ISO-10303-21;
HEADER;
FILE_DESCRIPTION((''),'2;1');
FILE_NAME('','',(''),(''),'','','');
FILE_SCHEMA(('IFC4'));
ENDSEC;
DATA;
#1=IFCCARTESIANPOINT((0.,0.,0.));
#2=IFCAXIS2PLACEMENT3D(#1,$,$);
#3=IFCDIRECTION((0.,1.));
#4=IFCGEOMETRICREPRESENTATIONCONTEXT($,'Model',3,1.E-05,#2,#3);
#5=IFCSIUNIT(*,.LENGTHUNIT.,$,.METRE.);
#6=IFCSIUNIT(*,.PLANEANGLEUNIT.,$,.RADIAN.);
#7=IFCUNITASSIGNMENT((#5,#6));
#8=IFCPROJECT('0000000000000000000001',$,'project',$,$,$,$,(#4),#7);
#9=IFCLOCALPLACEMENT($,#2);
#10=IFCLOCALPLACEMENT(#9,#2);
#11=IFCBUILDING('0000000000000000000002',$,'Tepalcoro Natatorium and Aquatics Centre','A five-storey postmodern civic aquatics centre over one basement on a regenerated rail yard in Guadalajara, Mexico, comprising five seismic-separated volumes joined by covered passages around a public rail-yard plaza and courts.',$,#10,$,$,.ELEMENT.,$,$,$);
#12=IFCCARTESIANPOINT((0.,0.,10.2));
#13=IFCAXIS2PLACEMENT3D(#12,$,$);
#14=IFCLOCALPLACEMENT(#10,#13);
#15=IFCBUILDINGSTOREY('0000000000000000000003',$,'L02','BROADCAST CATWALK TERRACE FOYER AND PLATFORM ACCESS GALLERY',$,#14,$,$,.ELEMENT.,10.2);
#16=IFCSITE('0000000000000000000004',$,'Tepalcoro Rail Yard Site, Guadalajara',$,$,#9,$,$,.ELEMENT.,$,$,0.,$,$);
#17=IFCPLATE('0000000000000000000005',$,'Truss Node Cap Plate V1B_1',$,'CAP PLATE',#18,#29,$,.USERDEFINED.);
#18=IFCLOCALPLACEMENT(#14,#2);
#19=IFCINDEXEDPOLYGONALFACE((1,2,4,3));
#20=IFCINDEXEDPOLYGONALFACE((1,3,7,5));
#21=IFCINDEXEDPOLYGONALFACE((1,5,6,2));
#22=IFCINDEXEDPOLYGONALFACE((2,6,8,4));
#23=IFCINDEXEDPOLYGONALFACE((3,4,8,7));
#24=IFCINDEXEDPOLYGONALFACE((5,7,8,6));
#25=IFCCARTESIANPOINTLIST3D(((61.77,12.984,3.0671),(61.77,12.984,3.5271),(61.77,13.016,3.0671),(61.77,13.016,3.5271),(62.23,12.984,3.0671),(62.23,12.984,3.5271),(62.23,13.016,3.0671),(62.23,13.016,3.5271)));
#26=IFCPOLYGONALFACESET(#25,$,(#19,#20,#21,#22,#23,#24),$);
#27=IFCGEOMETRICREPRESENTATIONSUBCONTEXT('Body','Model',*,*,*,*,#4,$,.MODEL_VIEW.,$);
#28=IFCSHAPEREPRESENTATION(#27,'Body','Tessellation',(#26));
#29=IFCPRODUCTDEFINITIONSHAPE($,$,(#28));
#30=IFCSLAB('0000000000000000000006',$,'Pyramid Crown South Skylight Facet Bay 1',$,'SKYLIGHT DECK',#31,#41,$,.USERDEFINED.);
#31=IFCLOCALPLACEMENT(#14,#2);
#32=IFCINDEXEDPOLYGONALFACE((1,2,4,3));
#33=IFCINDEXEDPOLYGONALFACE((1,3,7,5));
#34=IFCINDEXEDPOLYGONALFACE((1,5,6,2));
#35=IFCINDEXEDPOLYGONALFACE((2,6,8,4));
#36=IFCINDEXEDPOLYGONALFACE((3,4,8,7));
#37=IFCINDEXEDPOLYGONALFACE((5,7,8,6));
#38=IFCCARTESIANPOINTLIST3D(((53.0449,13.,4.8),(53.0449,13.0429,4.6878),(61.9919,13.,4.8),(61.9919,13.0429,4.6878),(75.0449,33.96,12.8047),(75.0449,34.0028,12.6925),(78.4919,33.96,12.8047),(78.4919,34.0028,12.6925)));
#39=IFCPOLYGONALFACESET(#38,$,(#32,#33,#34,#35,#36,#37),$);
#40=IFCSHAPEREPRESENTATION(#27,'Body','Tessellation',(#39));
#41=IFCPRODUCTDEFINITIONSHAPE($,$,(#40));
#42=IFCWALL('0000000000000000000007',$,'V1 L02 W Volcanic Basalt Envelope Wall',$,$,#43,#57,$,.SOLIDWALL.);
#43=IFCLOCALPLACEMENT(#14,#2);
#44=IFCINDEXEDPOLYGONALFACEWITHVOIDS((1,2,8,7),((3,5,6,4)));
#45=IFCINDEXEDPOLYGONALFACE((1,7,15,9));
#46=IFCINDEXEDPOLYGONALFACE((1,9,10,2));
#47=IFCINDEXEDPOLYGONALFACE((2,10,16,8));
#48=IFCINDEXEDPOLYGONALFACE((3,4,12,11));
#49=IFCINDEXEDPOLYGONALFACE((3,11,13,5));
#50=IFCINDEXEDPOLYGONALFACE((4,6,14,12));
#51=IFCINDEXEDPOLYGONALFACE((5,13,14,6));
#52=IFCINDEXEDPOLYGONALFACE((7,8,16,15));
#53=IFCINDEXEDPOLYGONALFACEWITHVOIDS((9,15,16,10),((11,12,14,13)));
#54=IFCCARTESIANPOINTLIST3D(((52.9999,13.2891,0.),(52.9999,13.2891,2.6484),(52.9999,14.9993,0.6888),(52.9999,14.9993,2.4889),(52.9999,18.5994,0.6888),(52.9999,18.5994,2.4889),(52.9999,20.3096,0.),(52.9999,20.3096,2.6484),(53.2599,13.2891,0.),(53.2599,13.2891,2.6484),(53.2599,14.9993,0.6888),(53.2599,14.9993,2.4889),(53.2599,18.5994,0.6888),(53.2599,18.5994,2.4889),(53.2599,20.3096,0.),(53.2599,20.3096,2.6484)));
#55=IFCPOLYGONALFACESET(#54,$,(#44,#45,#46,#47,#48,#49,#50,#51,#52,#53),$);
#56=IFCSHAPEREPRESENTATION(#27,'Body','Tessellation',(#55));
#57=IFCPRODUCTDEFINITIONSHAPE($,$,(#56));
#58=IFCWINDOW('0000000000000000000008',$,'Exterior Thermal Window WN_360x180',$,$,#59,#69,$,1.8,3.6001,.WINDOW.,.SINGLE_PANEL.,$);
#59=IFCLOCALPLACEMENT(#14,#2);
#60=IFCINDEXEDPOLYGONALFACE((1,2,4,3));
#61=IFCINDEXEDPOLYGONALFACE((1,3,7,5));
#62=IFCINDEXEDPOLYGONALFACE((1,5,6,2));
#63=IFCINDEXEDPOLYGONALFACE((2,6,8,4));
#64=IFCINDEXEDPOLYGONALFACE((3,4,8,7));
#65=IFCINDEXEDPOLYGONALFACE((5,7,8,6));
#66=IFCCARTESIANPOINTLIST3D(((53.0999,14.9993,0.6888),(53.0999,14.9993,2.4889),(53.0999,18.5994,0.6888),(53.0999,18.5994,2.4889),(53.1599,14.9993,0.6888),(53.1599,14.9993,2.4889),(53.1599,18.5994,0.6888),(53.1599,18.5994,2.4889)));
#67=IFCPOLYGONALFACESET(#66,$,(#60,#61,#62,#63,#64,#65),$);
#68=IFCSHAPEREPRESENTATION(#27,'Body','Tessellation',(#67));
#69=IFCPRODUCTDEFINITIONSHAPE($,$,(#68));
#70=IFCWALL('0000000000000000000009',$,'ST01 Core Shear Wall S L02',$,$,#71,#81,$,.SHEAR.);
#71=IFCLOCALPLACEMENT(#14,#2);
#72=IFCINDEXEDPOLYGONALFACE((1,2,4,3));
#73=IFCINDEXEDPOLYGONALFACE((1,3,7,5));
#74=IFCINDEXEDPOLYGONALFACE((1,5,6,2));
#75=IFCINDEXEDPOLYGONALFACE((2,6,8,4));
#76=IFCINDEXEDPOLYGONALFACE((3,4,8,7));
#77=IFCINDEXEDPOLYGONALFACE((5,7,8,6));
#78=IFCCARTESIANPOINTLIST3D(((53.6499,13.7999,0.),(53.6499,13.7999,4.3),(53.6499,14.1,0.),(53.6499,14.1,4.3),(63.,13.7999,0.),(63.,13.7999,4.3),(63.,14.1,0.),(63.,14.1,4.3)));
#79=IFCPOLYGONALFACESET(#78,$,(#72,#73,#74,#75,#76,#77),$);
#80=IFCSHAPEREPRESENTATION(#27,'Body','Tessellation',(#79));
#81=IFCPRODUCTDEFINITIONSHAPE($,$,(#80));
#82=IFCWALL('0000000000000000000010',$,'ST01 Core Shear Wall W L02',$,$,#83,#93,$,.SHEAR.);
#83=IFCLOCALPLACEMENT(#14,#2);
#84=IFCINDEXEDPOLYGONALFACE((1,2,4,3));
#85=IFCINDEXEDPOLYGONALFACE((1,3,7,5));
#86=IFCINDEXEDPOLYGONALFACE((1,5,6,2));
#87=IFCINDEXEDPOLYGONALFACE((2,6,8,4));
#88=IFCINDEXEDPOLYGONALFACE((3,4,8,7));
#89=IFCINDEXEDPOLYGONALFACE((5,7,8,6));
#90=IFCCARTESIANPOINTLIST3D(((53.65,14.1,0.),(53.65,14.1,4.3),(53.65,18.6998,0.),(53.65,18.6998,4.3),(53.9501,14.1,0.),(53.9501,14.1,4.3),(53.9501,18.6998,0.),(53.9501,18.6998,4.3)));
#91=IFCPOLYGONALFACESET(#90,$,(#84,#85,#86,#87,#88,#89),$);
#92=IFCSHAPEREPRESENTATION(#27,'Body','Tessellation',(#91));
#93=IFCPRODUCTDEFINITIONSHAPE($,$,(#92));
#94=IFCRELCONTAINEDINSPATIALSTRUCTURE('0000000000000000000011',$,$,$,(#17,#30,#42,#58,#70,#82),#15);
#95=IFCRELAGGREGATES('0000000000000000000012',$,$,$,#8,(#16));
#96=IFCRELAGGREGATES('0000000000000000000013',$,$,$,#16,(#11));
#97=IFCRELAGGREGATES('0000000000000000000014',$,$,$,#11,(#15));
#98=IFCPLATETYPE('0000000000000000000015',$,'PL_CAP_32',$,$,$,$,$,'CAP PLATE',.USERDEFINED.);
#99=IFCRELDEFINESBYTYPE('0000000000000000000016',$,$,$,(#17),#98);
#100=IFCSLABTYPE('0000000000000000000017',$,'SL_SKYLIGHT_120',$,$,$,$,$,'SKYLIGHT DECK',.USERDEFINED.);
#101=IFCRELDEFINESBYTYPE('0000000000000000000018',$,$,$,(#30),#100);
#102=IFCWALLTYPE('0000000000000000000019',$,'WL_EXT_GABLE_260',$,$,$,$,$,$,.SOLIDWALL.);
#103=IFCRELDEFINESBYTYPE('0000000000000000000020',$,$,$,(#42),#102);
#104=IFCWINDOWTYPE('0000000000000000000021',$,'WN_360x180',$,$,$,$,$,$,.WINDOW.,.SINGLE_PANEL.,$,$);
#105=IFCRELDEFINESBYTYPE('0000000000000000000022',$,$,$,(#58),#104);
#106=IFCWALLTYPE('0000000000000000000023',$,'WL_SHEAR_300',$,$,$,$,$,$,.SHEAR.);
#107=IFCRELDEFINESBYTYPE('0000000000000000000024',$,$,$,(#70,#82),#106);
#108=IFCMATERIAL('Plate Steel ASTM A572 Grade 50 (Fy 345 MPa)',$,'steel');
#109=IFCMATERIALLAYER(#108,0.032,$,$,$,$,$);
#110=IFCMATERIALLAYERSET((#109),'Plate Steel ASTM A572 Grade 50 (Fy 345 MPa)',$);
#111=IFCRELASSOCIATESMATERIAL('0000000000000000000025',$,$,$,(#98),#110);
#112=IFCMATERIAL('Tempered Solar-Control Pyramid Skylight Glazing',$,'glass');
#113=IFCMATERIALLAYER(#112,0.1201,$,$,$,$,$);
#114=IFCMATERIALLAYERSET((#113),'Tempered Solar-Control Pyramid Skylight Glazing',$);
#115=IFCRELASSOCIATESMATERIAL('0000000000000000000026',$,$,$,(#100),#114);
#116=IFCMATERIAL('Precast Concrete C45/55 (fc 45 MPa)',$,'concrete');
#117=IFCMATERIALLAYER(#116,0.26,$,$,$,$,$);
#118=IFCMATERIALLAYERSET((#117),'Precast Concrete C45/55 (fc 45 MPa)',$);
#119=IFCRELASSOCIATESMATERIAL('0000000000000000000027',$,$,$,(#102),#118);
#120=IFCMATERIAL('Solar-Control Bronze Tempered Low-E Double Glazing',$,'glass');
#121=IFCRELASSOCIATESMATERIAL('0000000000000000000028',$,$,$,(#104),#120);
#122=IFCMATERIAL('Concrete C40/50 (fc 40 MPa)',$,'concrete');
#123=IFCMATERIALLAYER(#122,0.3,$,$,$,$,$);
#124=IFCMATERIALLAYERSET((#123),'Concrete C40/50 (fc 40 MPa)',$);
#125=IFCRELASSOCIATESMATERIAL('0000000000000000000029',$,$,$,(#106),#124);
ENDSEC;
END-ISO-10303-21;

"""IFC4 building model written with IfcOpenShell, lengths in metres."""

from ifc_helpers import new_model, si_unit, direction, frame, frame_2d, origin, origin_2d, place, context, subcontext, project, spatial, polyline, rectangle, outline, extrude, material, layer, layer_set, type_object, element, fill, save


model = new_model("IFC4")

# Units and contexts
model_context = context("Model", 3, precision=1e-05, world=origin(), true_north=direction((0.0, 1.0)))
body_context = subcontext(model_context, "Body", "Model", "MODEL_VIEW")
ifc_project = project(units=[si_unit("LENGTHUNIT", "METRE"), si_unit("PLANEANGLEUNIT", "RADIAN")], contexts=[model_context])

# Site, building, storey
site_placement = place(None, origin())
site = spatial("IfcSite", under=ifc_project, at=site_placement, Name="Tepalcoro Rail Yard Site, Guadalajara", CompositionType="ELEMENT", RefElevation=0.0)
building_placement = place(site_placement, origin())
building = spatial("IfcBuilding", under=site, at=building_placement, Name="Tepalcoro Natatorium and Aquatics Centre", Description="A five-storey postmodern civic aquatics centre over one basement on a regenerated rail yard in Guadalajara, Mexico, comprising five seismic-separated volumes joined by covered passages around a public rail-yard plaza and courts.", CompositionType="ELEMENT")
storey_placement = place(building_placement, frame((0.0, 0.0, 10.2)))
storey = spatial("IfcBuildingStorey", under=building, at=storey_placement, Name="L02", Description="BROADCAST CATWALK TERRACE FOYER AND PLATFORM ACCESS GALLERY", CompositionType="ELEMENT", Elevation=10.2)

# Plate
ifc_material_1 = material(Name="Plate Steel ASTM A572 Grade 50 (Fy 345 MPa)", Category="steel")
ifc_layer_1 = layer(ifc_material_1, 0.032)
ifc_layer_set_1 = layer_set([ifc_layer_1], Name="Plate Steel ASTM A572 Grade 50 (Fy 345 MPa)")
plate_type = type_object("IfcPlateType", Name="PL_CAP_32", ElementType="CAP PLATE", PredefinedType="USERDEFINED", material=ifc_layer_set_1)
for number, where, z_axis, x_axis, name in (
    (1, (62.0, 13.0, 3.0671), (0.0, 0.0, 1.0), (1.0, 0.0, 0.0), "Truss Node Cap Plate V1B_1"),
):
    element("IfcPlate", number, at=place(storey_placement, frame(where, z_axis=z_axis, x_axis=x_axis)), inside=storey, type_object=plate_type, Name=name, ObjectType="CAP PLATE", PredefinedType="USERDEFINED", context=body_context, shape_type="SweptSolid", body=[
        extrude(rectangle(XDim=0.46, YDim=0.032, at=origin_2d()), origin(), (0.0, 0.0, 1.0), 0.46),
    ])

# Slab
ifc_material_2 = material(Name="Tempered Solar-Control Pyramid Skylight Glazing", Category="glass")
ifc_layer_2 = layer(ifc_material_2, 0.1201)
ifc_layer_set_2 = layer_set([ifc_layer_2], Name="Tempered Solar-Control Pyramid Skylight Glazing")
slab_type = type_object("IfcSlabType", Name="SL_SKYLIGHT_120", ElementType="SKYLIGHT DECK", PredefinedType="USERDEFINED", material=ifc_layer_set_2)
slab_placement = place(storey_placement, frame((53.0449, 13.0, 4.8), z_axis=(0.0, -0.356769, 0.934192), x_axis=(1.0, 0.0, 0.0)))
element("IfcSlab", 2, at=slab_placement, inside=storey, type_object=slab_type, Name="Pyramid Crown South Skylight Facet Bay 1", ObjectType="SKYLIGHT DECK", PredefinedType="USERDEFINED", context=body_context, shape_type="SweptSolid", body=[
    extrude(outline(polyline([(0.0, 0.0), (8.947, 0.0), (25.447, 22.4364), (22.0, 22.4364), (0.0, 0.0)])), origin(), (0.0, 0.0, -1.0), 0.1201),
])

# Wall, opening, window
ifc_material_3 = material(Name="Precast Concrete C45/55 (fc 45 MPa)", Category="concrete")
ifc_layer_3 = layer(ifc_material_3, 0.26)
ifc_layer_set_3 = layer_set([ifc_layer_3], Name="Precast Concrete C45/55 (fc 45 MPa)")
wall_type_1 = type_object("IfcWallType", Name="WL_EXT_GABLE_260", PredefinedType="SOLIDWALL", material=ifc_layer_set_3)
wall_1_placement = place(storey_placement, frame((53.1299, 13.2891, 0.0), z_axis=(0.0, 0.0, 1.0), x_axis=(0.0, 1.0, 0.0)))
wall_1 = element("IfcWall", 3, at=wall_1_placement, inside=storey, type_object=wall_type_1, Name="V1 L02 W Volcanic Basalt Envelope Wall", PredefinedType="SOLIDWALL", context=body_context, shape_type="SweptSolid", body=[
    extrude(rectangle(XDim=7.0205, YDim=0.26, at=frame_2d((3.5103, 0.0))), origin(), (0.0, 0.0, 1.0), 2.6484),
])
opening_1_placement = place(wall_1_placement, frame((1.7102, 0.0, 0.689)))
opening_1 = element("IfcOpeningElement", 4, at=opening_1_placement, cuts=wall_1, PredefinedType="OPENING", context=body_context, shape_type="SweptSolid", body=[
    extrude(rectangle(XDim=3.6001, YDim=1.8, at=frame_2d((1.8, 0.8999))), frame((0.0, 0.1421, 0.0), z_axis=(0.0, -1.0, 0.0), x_axis=(1.0, 0.0, 0.0)), (0.0, 0.0, 1.0), 0.2839),
])
ifc_material_4 = material(Name="Solar-Control Bronze Tempered Low-E Double Glazing", Category="glass")
window_type = type_object("IfcWindowType", Name="WN_360x180", PartitioningType="SINGLE_PANEL", PredefinedType="WINDOW", material=ifc_material_4)
window_placement = place(opening_1_placement, origin())
window = element("IfcWindow", 5, at=window_placement, inside=storey, type_object=window_type, Name="Exterior Thermal Window WN_360x180", OverallHeight=1.8, OverallWidth=3.6001, PartitioningType="SINGLE_PANEL", PredefinedType="WINDOW", context=body_context, shape_type="SweptSolid", body=[
    extrude(rectangle(XDim=3.6001, YDim=1.8, at=frame_2d((1.8, 0.8999))), frame((0.0, 0.03, 0.0), z_axis=(0.0, -1.0, 0.0), x_axis=(1.0, 0.0, 0.0)), (0.0, 0.0, 1.0), 0.0601),
])
fill(opening_1, window)

# Walls
ifc_material_5 = material(Name="Concrete C40/50 (fc 40 MPa)", Category="concrete")
ifc_layer_4 = layer(ifc_material_5, 0.3)
ifc_layer_set_4 = layer_set([ifc_layer_4], Name="Concrete C40/50 (fc 40 MPa)")
wall_type_2 = type_object("IfcWallType", Name="WL_SHEAR_300", PredefinedType="SHEAR", material=ifc_layer_set_4)
wall_2_placement = place(storey_placement, frame((53.6499, 13.95, 0.0), z_axis=(0.0, 0.0, 1.0), x_axis=(1.0, 0.0, 0.0)))
element("IfcWall", 6, at=wall_2_placement, inside=storey, type_object=wall_type_2, Name="ST01 Core Shear Wall S L02", PredefinedType="SHEAR", context=body_context, shape_type="SweptSolid", body=[
    extrude(rectangle(XDim=9.3501, YDim=0.3, at=frame_2d((4.675, 0.0))), origin(), (0.0, 0.0, 1.0), 4.3),
])
wall_3_placement = place(storey_placement, frame((53.8, 14.1001, 0.0), z_axis=(0.0, 0.0, 1.0), x_axis=(0.0, 1.0, 0.0)))
element("IfcWall", 7, at=wall_3_placement, inside=storey, type_object=wall_type_2, Name="ST01 Core Shear Wall W L02", PredefinedType="SHEAR", context=body_context, shape_type="SweptSolid", body=[
    extrude(rectangle(XDim=4.5999, YDim=0.3, at=frame_2d((2.2998, 0.0))), origin(), (0.0, 0.0, 1.0), 4.3),
])

save(model, "model.ifc")
